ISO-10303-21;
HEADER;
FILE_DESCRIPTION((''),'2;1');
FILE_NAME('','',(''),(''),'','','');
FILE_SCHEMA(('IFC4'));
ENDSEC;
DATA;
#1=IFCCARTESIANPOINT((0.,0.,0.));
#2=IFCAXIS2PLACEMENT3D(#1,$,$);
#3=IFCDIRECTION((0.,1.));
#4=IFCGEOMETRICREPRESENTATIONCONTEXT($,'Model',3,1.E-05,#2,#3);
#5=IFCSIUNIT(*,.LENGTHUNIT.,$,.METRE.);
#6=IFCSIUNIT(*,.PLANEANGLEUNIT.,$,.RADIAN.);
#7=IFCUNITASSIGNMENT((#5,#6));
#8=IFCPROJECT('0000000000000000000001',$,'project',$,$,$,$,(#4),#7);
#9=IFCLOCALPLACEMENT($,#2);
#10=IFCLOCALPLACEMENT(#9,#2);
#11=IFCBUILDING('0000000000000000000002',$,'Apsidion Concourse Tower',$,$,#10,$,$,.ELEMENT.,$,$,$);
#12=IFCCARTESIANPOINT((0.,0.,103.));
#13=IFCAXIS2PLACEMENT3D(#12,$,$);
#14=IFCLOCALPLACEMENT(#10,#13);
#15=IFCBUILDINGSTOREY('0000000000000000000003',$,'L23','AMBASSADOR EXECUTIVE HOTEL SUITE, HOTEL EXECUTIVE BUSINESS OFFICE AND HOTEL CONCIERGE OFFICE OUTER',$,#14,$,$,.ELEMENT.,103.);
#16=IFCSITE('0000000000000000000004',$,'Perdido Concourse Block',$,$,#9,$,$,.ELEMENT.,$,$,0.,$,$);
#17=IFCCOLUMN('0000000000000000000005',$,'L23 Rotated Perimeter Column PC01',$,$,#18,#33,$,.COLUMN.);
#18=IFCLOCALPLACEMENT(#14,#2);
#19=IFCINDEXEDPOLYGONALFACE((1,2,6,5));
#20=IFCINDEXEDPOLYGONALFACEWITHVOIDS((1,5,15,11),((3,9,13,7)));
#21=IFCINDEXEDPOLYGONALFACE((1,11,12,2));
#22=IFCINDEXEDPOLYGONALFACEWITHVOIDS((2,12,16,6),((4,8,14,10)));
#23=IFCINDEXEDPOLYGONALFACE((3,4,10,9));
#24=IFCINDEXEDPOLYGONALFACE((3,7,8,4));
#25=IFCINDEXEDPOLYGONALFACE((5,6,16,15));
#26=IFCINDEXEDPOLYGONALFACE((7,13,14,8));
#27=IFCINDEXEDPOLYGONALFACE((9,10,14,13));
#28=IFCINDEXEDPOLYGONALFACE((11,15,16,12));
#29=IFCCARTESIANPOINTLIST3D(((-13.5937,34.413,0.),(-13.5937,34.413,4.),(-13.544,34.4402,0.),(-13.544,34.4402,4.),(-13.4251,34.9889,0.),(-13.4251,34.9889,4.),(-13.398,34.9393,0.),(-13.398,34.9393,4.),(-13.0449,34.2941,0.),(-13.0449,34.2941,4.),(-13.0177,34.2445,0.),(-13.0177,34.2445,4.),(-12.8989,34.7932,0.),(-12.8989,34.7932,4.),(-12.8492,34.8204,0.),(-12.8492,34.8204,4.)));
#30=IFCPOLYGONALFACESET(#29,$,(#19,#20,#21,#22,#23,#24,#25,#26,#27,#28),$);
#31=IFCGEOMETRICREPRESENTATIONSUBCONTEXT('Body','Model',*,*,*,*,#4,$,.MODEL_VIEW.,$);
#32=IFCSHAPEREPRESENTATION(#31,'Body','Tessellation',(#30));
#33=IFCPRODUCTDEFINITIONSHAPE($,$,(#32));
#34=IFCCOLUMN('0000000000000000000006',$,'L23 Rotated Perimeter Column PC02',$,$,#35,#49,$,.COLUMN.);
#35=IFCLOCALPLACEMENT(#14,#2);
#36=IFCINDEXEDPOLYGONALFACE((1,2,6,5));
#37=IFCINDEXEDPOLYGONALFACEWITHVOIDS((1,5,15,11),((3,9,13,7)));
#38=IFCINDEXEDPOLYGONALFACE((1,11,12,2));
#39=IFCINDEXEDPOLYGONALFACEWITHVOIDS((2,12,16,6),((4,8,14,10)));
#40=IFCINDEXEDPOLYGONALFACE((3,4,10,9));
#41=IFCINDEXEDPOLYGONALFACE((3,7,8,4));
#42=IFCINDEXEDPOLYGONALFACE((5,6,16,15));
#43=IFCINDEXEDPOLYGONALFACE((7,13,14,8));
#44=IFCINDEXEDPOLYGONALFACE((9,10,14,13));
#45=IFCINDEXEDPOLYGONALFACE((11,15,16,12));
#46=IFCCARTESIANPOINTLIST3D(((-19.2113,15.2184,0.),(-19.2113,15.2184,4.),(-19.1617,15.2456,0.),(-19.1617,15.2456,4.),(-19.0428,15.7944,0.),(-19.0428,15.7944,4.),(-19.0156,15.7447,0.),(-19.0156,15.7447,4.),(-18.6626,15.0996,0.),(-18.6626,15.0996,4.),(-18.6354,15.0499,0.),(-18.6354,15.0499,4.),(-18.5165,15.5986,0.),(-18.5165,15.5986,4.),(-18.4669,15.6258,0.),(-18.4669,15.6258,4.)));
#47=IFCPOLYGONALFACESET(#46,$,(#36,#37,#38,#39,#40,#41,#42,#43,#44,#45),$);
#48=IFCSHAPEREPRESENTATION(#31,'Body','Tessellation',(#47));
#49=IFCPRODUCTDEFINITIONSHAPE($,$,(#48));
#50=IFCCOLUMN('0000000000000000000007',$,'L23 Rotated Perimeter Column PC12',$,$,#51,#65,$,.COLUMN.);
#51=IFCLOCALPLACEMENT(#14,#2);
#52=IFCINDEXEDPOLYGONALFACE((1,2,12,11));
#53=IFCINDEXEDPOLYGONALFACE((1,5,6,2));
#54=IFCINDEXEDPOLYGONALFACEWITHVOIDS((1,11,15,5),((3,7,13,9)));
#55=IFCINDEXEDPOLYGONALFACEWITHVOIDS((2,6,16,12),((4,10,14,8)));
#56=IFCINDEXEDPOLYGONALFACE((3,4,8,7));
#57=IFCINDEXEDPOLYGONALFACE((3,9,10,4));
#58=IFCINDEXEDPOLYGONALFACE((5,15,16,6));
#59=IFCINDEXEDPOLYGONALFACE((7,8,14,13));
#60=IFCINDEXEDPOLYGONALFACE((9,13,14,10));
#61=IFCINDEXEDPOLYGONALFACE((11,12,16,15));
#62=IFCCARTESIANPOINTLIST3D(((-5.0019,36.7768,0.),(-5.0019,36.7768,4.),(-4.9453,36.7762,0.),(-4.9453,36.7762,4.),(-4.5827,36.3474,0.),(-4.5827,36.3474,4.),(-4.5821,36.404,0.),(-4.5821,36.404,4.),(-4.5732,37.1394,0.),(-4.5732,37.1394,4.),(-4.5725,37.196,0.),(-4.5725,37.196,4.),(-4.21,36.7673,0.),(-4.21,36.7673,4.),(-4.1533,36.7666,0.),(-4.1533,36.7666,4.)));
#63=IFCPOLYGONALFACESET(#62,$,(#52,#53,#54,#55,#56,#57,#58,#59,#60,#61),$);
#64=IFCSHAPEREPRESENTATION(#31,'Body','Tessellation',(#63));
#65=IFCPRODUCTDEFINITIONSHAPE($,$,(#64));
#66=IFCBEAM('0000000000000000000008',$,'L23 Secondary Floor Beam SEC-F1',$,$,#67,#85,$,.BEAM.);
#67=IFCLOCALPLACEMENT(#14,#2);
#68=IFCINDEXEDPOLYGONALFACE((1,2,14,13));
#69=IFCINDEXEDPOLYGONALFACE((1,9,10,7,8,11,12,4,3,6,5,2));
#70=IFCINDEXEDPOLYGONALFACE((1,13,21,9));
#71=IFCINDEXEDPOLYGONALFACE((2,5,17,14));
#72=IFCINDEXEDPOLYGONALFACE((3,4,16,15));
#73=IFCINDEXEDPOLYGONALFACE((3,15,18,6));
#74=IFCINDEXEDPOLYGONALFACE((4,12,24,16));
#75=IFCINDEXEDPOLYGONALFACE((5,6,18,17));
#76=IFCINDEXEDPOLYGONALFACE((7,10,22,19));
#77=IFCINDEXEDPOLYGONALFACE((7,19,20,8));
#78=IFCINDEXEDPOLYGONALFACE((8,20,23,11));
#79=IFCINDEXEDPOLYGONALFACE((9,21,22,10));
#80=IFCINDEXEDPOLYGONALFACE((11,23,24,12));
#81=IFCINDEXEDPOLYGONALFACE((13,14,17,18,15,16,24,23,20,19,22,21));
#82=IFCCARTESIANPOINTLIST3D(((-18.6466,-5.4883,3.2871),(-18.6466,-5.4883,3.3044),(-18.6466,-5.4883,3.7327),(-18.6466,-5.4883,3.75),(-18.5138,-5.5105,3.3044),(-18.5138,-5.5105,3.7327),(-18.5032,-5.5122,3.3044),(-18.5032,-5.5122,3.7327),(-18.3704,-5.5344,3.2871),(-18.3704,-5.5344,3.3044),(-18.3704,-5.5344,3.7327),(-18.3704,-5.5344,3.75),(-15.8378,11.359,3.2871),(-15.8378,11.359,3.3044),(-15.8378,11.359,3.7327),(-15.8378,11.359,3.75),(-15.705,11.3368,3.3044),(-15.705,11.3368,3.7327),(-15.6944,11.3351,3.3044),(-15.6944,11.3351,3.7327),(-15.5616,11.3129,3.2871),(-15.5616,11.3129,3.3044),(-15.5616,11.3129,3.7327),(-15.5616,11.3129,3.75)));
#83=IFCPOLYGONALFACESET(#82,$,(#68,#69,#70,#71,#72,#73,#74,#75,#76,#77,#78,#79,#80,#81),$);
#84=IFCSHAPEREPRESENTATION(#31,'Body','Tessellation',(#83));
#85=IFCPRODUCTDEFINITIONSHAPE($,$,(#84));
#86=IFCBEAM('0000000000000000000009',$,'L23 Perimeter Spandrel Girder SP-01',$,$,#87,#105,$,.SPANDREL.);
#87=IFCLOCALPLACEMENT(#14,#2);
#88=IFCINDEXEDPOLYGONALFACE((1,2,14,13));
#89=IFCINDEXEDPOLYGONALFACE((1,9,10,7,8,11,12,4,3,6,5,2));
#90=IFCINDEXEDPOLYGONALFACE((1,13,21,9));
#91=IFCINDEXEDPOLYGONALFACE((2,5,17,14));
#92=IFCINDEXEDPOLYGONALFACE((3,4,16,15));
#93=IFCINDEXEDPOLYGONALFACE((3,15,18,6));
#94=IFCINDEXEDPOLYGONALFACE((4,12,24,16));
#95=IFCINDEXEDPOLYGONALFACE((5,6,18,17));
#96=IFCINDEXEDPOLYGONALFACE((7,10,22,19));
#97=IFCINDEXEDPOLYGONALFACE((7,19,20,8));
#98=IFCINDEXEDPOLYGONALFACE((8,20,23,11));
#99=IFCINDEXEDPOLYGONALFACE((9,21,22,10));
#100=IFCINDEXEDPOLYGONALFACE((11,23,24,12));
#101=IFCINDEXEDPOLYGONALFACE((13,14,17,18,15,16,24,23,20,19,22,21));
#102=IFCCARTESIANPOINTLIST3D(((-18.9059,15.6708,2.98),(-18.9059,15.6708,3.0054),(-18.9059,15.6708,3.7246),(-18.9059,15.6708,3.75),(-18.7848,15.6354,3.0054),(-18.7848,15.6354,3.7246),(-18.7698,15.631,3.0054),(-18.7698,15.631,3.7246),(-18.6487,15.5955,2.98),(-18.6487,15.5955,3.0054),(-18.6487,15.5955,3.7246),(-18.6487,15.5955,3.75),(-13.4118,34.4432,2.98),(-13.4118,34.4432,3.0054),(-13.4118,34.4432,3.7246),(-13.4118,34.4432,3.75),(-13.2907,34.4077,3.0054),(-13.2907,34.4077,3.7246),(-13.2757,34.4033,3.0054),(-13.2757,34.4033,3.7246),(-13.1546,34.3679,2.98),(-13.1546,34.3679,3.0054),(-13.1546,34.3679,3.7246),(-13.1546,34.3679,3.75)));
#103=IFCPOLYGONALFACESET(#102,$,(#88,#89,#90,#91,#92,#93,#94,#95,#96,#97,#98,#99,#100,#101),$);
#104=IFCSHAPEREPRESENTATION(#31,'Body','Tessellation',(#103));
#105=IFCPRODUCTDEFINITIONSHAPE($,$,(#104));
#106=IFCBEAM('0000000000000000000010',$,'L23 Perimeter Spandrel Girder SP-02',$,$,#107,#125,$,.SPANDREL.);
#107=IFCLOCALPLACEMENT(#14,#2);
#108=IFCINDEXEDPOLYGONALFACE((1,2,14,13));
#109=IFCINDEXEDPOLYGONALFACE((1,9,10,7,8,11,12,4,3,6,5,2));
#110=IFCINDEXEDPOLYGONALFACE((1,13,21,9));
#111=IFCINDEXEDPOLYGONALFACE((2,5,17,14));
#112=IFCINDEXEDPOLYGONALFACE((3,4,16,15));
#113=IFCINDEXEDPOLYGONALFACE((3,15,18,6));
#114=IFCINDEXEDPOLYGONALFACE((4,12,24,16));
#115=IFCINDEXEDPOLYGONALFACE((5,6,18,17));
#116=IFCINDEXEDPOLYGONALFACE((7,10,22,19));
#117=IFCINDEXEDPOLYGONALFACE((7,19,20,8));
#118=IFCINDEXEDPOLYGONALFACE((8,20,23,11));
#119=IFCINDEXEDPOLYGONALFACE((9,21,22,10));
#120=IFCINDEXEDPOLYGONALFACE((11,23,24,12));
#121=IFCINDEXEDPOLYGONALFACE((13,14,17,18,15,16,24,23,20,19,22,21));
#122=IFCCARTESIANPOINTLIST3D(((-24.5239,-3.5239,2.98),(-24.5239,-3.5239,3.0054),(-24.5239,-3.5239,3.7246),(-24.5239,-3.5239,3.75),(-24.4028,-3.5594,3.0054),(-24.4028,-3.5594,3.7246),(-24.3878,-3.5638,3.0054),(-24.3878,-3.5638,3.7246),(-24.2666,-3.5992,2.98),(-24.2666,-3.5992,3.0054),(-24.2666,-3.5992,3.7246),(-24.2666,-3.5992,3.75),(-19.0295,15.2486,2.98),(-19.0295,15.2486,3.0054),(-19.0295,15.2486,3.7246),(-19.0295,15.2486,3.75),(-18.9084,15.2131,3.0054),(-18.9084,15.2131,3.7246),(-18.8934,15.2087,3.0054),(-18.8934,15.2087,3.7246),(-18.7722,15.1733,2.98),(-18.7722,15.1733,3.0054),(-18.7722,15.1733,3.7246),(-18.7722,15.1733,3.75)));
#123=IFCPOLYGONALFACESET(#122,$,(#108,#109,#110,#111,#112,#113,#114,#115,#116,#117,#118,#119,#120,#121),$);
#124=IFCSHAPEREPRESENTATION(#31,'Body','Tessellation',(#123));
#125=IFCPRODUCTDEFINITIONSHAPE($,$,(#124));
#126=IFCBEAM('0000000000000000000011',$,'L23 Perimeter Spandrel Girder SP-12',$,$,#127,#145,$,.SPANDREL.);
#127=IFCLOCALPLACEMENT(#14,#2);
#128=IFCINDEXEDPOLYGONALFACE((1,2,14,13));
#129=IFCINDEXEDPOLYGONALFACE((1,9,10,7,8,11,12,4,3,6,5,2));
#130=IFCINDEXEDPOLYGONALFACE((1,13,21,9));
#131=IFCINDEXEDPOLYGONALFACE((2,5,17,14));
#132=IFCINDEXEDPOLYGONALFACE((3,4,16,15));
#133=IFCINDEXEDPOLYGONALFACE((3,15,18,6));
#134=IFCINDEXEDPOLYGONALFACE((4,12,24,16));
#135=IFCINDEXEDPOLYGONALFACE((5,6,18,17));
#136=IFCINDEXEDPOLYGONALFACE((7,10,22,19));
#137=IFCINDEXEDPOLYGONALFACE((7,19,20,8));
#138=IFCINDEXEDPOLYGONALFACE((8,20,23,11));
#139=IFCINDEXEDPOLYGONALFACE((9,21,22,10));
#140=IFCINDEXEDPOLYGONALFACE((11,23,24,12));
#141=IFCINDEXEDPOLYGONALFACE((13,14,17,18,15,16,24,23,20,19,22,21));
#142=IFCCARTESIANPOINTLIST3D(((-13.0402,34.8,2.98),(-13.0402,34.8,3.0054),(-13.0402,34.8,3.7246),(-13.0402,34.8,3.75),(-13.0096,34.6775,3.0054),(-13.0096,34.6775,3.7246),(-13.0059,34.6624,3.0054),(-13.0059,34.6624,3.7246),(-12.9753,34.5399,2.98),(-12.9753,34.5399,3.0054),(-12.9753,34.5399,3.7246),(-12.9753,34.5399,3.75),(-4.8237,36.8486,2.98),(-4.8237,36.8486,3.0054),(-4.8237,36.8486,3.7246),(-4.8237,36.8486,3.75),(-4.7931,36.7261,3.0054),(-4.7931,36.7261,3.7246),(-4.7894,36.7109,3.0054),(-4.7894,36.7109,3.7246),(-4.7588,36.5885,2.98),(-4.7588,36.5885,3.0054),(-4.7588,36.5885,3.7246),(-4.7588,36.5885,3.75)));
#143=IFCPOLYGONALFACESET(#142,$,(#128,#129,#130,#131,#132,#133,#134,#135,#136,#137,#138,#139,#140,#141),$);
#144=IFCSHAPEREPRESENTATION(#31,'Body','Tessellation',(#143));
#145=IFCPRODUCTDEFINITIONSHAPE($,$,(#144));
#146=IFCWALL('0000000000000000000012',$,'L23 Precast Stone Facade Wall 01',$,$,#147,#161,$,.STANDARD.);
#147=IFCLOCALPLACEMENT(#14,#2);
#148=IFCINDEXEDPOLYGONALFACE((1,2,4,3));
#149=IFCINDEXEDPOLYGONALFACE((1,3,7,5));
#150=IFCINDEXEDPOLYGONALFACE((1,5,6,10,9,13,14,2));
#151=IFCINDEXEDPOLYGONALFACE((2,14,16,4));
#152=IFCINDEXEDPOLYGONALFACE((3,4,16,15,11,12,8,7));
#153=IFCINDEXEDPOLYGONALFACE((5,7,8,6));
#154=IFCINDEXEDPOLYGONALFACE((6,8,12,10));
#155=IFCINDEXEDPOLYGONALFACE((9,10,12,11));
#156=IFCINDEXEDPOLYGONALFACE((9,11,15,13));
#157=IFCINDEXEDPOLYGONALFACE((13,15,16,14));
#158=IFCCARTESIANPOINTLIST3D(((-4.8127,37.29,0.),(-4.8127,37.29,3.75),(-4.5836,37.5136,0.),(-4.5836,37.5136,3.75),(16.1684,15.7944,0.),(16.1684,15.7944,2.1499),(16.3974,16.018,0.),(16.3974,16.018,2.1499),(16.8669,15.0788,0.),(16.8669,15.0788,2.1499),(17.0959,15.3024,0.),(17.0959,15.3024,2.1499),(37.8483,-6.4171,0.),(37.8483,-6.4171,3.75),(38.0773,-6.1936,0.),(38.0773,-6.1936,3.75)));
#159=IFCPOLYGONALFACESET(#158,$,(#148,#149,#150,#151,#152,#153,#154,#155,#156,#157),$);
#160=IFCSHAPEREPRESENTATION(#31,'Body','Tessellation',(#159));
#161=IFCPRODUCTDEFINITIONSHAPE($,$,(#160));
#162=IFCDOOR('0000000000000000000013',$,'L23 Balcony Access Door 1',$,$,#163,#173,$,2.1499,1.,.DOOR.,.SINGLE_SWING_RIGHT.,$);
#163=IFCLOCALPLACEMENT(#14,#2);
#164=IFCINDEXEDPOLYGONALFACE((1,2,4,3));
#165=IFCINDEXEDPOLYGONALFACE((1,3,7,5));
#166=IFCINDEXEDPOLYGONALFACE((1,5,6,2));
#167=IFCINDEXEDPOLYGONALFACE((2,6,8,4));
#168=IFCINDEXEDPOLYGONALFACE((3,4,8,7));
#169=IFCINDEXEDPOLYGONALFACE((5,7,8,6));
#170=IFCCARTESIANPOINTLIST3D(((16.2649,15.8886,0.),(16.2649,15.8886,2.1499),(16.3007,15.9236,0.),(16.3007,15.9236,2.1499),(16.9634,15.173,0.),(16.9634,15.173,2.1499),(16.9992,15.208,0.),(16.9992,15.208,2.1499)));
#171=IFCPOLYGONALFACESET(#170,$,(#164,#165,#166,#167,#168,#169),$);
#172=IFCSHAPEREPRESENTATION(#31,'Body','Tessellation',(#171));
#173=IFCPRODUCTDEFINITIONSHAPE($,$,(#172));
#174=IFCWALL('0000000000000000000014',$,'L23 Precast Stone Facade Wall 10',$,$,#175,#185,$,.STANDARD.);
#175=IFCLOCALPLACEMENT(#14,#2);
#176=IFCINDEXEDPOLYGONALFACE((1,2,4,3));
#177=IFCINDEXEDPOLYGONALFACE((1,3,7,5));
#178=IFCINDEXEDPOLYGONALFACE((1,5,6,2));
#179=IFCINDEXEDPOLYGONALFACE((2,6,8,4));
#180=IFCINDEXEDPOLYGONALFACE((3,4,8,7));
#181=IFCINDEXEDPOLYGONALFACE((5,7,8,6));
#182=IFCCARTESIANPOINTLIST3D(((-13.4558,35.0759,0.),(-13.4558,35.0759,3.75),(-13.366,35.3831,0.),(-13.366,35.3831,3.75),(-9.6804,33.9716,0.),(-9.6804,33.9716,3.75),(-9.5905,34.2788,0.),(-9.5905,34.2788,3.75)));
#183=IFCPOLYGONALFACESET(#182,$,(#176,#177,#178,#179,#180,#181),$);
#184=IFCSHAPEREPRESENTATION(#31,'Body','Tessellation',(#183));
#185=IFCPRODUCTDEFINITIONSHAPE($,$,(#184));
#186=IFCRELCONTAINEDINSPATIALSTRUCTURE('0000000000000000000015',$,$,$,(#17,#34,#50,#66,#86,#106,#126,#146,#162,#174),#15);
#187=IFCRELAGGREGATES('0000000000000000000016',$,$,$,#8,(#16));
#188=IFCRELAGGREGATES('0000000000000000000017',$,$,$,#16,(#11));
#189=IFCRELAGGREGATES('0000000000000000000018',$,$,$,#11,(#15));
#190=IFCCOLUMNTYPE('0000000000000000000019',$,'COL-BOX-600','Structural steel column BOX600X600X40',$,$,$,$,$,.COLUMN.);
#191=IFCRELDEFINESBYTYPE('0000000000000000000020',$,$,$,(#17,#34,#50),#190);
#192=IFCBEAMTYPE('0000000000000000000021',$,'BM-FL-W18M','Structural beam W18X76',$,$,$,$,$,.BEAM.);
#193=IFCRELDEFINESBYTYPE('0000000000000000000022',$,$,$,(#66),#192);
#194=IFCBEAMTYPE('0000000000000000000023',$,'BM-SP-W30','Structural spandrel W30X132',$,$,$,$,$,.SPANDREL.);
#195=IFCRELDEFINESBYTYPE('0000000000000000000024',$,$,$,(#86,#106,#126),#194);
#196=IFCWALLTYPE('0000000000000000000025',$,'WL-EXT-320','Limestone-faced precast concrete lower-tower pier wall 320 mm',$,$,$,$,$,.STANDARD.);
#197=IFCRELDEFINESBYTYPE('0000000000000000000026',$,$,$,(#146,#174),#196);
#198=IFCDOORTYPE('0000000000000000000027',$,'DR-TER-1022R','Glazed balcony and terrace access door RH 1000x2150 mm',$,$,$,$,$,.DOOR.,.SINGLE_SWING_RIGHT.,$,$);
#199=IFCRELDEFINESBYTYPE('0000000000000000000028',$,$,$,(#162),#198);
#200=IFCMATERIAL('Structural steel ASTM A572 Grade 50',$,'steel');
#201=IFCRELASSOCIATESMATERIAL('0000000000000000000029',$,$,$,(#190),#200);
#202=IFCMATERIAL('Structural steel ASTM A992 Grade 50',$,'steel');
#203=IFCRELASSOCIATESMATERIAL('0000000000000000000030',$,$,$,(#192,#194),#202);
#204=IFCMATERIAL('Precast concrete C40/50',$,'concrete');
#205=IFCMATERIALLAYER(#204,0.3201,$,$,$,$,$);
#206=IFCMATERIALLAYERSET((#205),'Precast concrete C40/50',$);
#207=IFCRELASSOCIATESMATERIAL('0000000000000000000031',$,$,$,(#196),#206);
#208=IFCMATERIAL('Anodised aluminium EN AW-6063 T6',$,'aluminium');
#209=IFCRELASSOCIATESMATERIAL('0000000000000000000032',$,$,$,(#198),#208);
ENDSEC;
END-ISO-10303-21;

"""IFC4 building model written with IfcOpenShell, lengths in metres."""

from ifc_helpers import new_model, si_unit, direction, frame, frame_2d, origin, origin_2d, place, context, subcontext, project, spatial, rectangle, hollow_rectangle, i_section, extrude, material, layer, layer_set, material_profile, profile_set, type_object, element, fill, save


model = new_model("IFC4")

# Units and contexts
model_context = context("Model", 3, precision=1e-05, world=origin(), true_north=direction((0.0, 1.0)))
body_context = subcontext(model_context, "Body", "Model", "MODEL_VIEW")
ifc_project = project(units=[si_unit("LENGTHUNIT", "METRE"), si_unit("PLANEANGLEUNIT", "RADIAN")], contexts=[model_context])

# Site, building, storey
site_placement = place(None, origin())
site = spatial("IfcSite", under=ifc_project, at=site_placement, Name="Perdido Concourse Block", CompositionType="ELEMENT", RefElevation=0.0)
building_placement = place(site_placement, origin())
building = spatial("IfcBuilding", under=site, at=building_placement, Name="Apsidion Concourse Tower", CompositionType="ELEMENT")
storey_placement = place(building_placement, frame((0.0, 0.0, 103.0)))
storey = spatial("IfcBuildingStorey", under=building, at=storey_placement, Name="L23", Description="AMBASSADOR EXECUTIVE HOTEL SUITE, HOTEL EXECUTIVE BUSINESS OFFICE AND HOTEL CONCIERGE OFFICE OUTER", CompositionType="ELEMENT", Elevation=103.0)

# Columns
ifc_material_1 = material(Name="Structural steel ASTM A572 Grade 50", Category="steel")
ifc_material_profile_1 = material_profile(ifc_material_1, hollow_rectangle(XDim=0.6001, YDim=0.6001, WallThickness=0.04, at=origin_2d()), Name="BOX600X600X40")
ifc_profile_set_1 = profile_set([ifc_material_profile_1], Name="Structural steel ASTM A572 Grade 50")
column_type = type_object("IfcColumnType", Name="COL-BOX-600", Description="Structural steel column BOX600X600X40", PredefinedType="COLUMN", material=ifc_profile_set_1)
for number, where, z_axis, x_axis, name in (
    (1, (-13.2214, 34.6167, 0.0), (0.0, 0.0, 1.0), (0.280834, 0.959756, 0.0), "L23 Rotated Perimeter Column PC01"),
    (2, (-18.8391, 15.4221, 0.0), (0.0, 0.0, 1.0), (0.280834, 0.959756, 0.0), "L23 Rotated Perimeter Column PC02"),
    (3, (-4.5776, 36.7717, 0.0), (0.0, 0.0, 1.0), (-0.69854, 0.715571, 0.0), "L23 Rotated Perimeter Column PC12"),
):
    element("IfcColumn", number, at=place(storey_placement, frame(where, z_axis=z_axis, x_axis=x_axis)), inside=storey, type_object=column_type, Name=name, PredefinedType="COLUMN", context=body_context, shape_type="SweptSolid", body=[
        extrude(hollow_rectangle(XDim=0.6001, YDim=0.6001, WallThickness=0.04, at=origin_2d()), origin(), (0.0, 0.0, 1.0), 4.0),
    ])

# Beams
ifc_material_2 = material(Name="Structural steel ASTM A992 Grade 50", Category="steel")
ifc_material_profile_2 = material_profile(ifc_material_2, i_section(OverallWidth=0.28, OverallDepth=0.4629, WebThickness=0.0107, FlangeThickness=0.0173, at=origin_2d()), Name="W18X76")
ifc_profile_set_2 = profile_set([ifc_material_profile_2], Name="Structural steel ASTM A992 Grade 50")
beam_type_1 = type_object("IfcBeamType", Name="BM-FL-W18M", Description="Structural beam W18X76", PredefinedType="BEAM", material=ifc_profile_set_2)
beam_1_placement = place(storey_placement, frame((-15.6997, 11.3359, 3.5186), z_axis=(-0.164452, -0.986385, 0.0), x_axis=(0.986385, -0.164452, 0.0)))
element("IfcBeam", 4, at=beam_1_placement, inside=storey, type_object=beam_type_1, Name="L23 Secondary Floor Beam SEC-F1", PredefinedType="BEAM", context=body_context, shape_type="SweptSolid", body=[
    extrude(i_section(OverallWidth=0.28, OverallDepth=0.4629, WebThickness=0.0107, FlangeThickness=0.0173, at=origin_2d()), origin(), (0.0, 0.0, 1.0), 17.0798),
])
ifc_material_profile_3 = material_profile(ifc_material_2, i_section(OverallWidth=0.2681, OverallDepth=0.77, WebThickness=0.0156, FlangeThickness=0.0254, at=origin_2d()), Name="W30X132")
ifc_profile_set_3 = profile_set([ifc_material_profile_3], Name="Structural steel ASTM A992 Grade 50")
beam_type_2 = type_object("IfcBeamType", Name="BM-SP-W30", Description="Structural spandrel W30X132", PredefinedType="SPANDREL", material=ifc_profile_set_3)
beam_2_placement = place(storey_placement, frame((-13.2832, 34.4055, 3.365), z_axis=(-0.280888, -0.959741, 0.0), x_axis=(0.959741, -0.280888, 0.0)))
element("IfcBeam", 5, at=beam_2_placement, inside=storey, type_object=beam_type_2, Name="L23 Perimeter Spandrel Girder SP-01", PredefinedType="SPANDREL", context=body_context, shape_type="SweptSolid", body=[
    extrude(i_section(OverallWidth=0.2681, OverallDepth=0.77, WebThickness=0.0156, FlangeThickness=0.0254, at=origin_2d()), origin(), (0.0, 0.0, 1.0), 19.5598),
])
beam_3_placement = place(storey_placement, frame((-18.9009, 15.2109, 3.365), z_axis=(-0.280899, -0.959737, 0.0), x_axis=(0.959737, -0.280899, 0.0)))
element("IfcBeam", 6, at=beam_3_placement, inside=storey, type_object=beam_type_2, Name="L23 Perimeter Spandrel Girder SP-02", PredefinedType="SPANDREL", context=body_context, shape_type="SweptSolid", body=[
    extrude(i_section(OverallWidth=0.2681, OverallDepth=0.77, WebThickness=0.0156, FlangeThickness=0.0254, at=origin_2d()), origin(), (0.0, 0.0, 1.0), 19.5601),
])
beam_4_placement = place(storey_placement, frame((-4.7913, 36.7185, 3.365), z_axis=(-0.970297, -0.241918, 0.0), x_axis=(0.241918, -0.970297, 0.0)))
element("IfcBeam", 7, at=beam_4_placement, inside=storey, type_object=beam_type_2, Name="L23 Perimeter Spandrel Girder SP-12", PredefinedType="SPANDREL", context=body_context, shape_type="SweptSolid", body=[
    extrude(i_section(OverallWidth=0.2681, OverallDepth=0.77, WebThickness=0.0156, FlangeThickness=0.0254, at=origin_2d()), origin(), (0.0, 0.0, 1.0), 8.468),
])

# Wall, opening, door
ifc_material_3 = material(Name="Precast concrete C40/50", Category="concrete")
ifc_layer_1 = layer(ifc_material_3, 0.3201)
ifc_layer_set_1 = layer_set([ifc_layer_1], Name="Precast concrete C40/50")
wall_type_1 = type_object("IfcWallType", Name="WL-EXT-320", Description="Limestone-faced precast concrete lower-tower pier wall 320 mm", PredefinedType="STANDARD", material=ifc_layer_set_1)
wall_1_placement = place(storey_placement, frame((-4.6982, 37.4019, 0.0), z_axis=(0.0, 0.0, 1.0), x_axis=(0.698491, -0.715619, 0.0)))
wall_1 = element("IfcWall", 8, at=wall_1_placement, inside=storey, type_object=wall_type_1, Name="L23 Precast Stone Facade Wall 01", PredefinedType="STANDARD", context=body_context, shape_type="SweptSolid", body=[
    extrude(rectangle(XDim=61.0759, YDim=0.3201, at=frame_2d((30.5381, 0.0))), origin(), (0.0, 0.0, 1.0), 3.75),
])
opening_1_placement = place(wall_1_placement, frame((30.0378, 0.0, 0.0)))
opening_1 = element("IfcOpeningElement", 9, at=opening_1_placement, cuts=wall_1, PredefinedType="OPENING", context=body_context, shape_type="SweptSolid", body=[
    extrude(rectangle(XDim=1.0, YDim=2.1499, at=frame_2d((0.5, 1.075))), frame((0.0, 0.1699, 0.0), z_axis=(0.0, -1.0, 0.0), x_axis=(1.0, 0.0, 0.0)), (0.0, 0.0, 1.0), 0.3401),
])
ifc_material_4 = material(Name="Anodised aluminium EN AW-6063 T6", Category="aluminium")
door_type_1 = type_object("IfcDoorType", Name="DR-TER-1022R", Description="Glazed balcony and terrace access door RH 1000x2150 mm", OperationType="SINGLE_SWING_RIGHT", PredefinedType="DOOR", material=ifc_material_4)
door_1_placement = place(opening_1_placement, origin())
door_1 = element("IfcDoor", 10, at=door_1_placement, inside=storey, type_object=door_type_1, Name="L23 Balcony Access Door 1", OperationType="SINGLE_SWING_RIGHT", OverallHeight=2.1499, OverallWidth=1.0, PredefinedType="DOOR", context=body_context, shape_type="SweptSolid", body=[
    extrude(rectangle(XDim=1.0, YDim=2.1499, at=frame_2d((0.5, 1.075))), frame((0.0, 0.0249, 0.0), z_axis=(0.0, -1.0, 0.0), x_axis=(1.0, 0.0, 0.0)), (0.0, 0.0, 1.0), 0.05),
])
fill(opening_1, door_1)

# Wall
wall_2_placement = place(storey_placement, frame((-13.4109, 35.2295, 0.0), z_axis=(0.0, 0.0, 1.0), x_axis=(0.959788, -0.280724, 0.0)))
element("IfcWall", 11, at=wall_2_placement, inside=storey, type_object=wall_type_1, Name="L23 Precast Stone Facade Wall 10", PredefinedType="STANDARD", context=body_context, shape_type="SweptSolid", body=[
    extrude(rectangle(XDim=3.9336, YDim=0.3201, at=frame_2d((1.9668, 0.0))), origin(), (0.0, 0.0, 1.0), 3.75),
])

save(model, "model.ifc")
